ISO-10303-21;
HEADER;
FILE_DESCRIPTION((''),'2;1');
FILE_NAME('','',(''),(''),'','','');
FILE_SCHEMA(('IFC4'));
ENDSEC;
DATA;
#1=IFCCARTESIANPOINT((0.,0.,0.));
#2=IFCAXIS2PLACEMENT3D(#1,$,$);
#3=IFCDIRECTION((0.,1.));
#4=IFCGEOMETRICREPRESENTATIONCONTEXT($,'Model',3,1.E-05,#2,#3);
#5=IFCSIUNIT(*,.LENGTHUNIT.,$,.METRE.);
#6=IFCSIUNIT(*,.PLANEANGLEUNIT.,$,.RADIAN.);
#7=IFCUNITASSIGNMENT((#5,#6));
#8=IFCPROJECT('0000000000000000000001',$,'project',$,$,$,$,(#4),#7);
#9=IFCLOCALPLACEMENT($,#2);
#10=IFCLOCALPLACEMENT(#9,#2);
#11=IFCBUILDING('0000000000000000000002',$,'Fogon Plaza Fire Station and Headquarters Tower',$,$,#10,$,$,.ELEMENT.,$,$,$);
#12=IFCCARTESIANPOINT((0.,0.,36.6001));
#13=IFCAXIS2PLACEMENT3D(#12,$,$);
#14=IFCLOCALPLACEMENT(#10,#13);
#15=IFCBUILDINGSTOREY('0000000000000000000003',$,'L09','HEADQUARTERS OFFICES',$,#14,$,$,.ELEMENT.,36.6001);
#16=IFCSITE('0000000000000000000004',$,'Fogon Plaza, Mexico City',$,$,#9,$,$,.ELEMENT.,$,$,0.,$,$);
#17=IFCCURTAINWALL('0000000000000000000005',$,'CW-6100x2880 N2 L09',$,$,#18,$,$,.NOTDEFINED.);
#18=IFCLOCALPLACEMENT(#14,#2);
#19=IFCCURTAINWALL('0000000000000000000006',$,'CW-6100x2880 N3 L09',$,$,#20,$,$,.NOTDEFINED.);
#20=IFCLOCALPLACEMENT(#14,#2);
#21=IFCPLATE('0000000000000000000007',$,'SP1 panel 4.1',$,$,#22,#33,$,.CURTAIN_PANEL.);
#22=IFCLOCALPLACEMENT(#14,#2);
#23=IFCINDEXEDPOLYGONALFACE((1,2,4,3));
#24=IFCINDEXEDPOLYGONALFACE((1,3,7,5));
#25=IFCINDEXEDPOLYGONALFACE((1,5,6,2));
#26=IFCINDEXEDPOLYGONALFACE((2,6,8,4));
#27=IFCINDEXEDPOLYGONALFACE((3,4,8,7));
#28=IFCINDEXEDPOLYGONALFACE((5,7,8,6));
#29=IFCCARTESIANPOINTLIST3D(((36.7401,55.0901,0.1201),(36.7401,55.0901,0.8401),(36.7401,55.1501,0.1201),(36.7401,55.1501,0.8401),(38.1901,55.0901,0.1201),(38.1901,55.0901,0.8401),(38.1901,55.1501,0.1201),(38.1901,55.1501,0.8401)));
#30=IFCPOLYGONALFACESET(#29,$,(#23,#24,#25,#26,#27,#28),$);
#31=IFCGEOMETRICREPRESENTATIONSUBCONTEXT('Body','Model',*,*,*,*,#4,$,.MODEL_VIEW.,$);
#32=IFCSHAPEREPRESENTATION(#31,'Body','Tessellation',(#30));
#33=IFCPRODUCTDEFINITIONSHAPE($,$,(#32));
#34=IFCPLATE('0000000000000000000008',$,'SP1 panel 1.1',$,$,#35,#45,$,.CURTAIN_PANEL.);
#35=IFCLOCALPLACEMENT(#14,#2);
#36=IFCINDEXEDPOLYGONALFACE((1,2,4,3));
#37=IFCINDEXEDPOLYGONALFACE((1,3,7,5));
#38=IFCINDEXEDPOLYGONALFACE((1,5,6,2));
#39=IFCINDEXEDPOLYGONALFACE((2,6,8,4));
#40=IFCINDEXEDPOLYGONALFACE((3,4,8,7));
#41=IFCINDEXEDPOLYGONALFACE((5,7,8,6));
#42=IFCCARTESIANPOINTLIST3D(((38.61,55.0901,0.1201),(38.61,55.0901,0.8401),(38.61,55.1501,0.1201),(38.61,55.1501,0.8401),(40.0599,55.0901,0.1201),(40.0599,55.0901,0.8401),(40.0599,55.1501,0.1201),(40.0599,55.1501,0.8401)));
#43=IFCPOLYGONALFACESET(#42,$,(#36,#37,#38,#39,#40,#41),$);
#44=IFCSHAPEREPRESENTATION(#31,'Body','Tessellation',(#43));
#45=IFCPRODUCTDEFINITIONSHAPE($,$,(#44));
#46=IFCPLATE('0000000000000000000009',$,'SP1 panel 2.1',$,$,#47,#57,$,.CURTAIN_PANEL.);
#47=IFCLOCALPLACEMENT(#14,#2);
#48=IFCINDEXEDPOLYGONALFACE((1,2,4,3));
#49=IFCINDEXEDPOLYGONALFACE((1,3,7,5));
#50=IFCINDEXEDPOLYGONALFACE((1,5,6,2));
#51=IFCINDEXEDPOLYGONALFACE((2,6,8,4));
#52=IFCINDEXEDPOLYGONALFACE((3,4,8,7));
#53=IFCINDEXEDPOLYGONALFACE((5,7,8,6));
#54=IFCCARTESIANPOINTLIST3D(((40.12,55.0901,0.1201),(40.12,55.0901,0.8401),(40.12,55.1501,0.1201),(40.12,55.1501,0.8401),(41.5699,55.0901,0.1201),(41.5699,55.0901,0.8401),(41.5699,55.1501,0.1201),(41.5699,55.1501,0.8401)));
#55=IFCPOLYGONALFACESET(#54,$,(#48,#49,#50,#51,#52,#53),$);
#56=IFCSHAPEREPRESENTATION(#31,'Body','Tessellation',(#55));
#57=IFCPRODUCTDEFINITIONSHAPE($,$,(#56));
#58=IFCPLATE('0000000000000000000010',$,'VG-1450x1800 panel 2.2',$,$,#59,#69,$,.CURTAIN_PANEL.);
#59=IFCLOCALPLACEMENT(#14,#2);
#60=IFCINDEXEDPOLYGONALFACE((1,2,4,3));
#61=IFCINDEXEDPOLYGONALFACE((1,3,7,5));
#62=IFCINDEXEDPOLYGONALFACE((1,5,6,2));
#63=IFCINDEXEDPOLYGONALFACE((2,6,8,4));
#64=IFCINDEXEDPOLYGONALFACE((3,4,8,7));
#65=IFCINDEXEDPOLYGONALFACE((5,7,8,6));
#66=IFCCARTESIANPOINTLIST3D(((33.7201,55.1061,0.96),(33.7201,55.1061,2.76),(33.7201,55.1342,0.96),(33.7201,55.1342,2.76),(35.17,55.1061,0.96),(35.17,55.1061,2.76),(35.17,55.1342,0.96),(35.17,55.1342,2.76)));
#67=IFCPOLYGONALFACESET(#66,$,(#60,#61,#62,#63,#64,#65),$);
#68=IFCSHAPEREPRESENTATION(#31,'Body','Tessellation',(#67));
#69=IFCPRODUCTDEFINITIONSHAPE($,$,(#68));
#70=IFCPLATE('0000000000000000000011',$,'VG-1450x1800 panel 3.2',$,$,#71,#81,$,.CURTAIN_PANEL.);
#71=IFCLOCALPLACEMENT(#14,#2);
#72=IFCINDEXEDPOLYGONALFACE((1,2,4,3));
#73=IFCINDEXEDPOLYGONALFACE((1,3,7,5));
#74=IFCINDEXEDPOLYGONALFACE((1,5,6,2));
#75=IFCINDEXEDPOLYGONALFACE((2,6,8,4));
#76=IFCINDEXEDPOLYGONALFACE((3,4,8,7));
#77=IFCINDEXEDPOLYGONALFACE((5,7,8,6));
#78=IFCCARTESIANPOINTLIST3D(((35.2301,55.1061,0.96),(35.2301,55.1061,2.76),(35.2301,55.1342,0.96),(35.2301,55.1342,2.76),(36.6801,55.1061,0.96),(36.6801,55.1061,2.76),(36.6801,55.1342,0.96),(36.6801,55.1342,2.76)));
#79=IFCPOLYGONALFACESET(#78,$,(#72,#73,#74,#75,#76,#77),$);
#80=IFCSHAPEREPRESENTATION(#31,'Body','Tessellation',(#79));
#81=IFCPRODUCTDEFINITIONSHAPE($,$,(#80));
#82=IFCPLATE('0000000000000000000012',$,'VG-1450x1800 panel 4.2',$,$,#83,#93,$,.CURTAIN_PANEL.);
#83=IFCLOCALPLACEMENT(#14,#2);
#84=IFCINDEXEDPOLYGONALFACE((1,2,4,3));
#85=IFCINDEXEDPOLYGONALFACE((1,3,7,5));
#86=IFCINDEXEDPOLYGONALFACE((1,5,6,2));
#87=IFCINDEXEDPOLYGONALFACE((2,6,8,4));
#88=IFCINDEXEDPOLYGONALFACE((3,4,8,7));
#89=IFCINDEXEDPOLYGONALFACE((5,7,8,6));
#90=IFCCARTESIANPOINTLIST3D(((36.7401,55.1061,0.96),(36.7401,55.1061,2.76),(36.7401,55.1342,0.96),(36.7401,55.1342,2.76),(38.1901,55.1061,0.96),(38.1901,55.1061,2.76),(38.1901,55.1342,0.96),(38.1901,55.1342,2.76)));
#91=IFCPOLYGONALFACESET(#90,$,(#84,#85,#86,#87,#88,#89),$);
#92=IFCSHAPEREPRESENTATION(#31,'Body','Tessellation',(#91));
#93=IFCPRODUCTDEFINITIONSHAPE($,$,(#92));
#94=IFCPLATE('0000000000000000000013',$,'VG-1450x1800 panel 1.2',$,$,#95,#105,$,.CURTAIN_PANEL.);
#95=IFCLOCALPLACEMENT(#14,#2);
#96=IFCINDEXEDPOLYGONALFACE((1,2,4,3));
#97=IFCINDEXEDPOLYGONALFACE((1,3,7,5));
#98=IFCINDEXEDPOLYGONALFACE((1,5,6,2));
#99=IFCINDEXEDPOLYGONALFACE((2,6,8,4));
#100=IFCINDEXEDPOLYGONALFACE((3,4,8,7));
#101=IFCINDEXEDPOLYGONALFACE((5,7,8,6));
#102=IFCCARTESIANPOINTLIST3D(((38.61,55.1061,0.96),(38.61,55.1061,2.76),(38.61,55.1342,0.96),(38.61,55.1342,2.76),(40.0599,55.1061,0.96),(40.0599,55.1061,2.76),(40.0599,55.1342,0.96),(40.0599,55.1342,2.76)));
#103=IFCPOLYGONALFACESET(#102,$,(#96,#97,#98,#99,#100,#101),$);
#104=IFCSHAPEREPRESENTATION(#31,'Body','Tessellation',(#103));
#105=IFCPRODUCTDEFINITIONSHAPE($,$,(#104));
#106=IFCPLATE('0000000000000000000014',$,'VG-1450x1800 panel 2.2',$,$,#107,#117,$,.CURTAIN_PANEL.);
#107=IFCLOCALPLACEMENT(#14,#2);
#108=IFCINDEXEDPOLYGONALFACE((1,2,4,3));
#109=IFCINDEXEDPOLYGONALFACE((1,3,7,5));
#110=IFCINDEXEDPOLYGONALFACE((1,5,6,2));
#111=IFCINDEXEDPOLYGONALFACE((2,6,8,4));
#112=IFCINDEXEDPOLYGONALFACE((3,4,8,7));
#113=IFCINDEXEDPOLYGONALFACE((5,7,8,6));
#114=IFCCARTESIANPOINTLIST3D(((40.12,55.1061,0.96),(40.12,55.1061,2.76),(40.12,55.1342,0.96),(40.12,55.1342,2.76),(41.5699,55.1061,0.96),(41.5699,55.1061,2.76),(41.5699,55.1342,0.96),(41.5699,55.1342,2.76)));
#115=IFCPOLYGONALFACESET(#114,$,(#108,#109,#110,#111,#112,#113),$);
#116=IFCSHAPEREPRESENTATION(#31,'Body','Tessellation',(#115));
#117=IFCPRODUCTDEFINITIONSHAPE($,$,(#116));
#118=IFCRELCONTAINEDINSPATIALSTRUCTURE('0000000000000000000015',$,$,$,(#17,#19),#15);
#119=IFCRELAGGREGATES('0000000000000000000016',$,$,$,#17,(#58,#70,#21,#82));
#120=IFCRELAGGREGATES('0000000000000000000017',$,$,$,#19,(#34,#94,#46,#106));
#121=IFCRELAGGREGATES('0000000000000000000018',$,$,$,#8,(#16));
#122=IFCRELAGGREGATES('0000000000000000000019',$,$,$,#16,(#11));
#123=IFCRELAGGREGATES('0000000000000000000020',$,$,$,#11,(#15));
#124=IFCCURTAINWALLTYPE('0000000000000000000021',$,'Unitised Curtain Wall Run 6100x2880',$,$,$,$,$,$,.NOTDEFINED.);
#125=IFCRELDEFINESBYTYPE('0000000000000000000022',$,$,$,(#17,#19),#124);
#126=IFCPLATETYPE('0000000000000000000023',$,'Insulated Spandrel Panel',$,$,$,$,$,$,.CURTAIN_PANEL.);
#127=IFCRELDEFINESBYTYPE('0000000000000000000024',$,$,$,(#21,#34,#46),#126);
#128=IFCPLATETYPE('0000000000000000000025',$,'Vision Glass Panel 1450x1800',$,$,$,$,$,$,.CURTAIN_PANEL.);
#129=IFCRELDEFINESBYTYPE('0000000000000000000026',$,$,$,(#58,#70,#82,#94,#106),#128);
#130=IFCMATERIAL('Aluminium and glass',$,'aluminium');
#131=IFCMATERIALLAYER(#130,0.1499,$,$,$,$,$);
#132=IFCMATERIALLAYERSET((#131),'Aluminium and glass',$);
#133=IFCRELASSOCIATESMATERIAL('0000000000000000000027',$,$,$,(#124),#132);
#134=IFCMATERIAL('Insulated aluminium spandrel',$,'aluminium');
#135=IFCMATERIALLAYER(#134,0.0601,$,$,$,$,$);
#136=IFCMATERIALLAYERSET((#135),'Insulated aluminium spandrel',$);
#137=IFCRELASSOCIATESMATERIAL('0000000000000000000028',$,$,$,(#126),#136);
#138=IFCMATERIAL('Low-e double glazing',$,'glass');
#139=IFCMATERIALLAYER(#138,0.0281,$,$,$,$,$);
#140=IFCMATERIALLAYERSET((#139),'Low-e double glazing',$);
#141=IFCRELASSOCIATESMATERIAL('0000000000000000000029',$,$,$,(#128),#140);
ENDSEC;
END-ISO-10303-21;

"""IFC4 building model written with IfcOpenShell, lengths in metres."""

from ifc_helpers import new_model, si_unit, direction, frame, origin, origin_2d, place, context, subcontext, project, spatial, rectangle, extrude, material, layer, layer_set, type_object, element, aggregate, save


model = new_model("IFC4")

# Units and contexts
model_context = context("Model", 3, precision=1e-05, world=origin(), true_north=direction((0.0, 1.0)))
body_context = subcontext(model_context, "Body", "Model", "MODEL_VIEW")
ifc_project = project(units=[si_unit("LENGTHUNIT", "METRE"), si_unit("PLANEANGLEUNIT", "RADIAN")], contexts=[model_context])

# Site, building, storey
site_placement = place(None, origin())
site = spatial("IfcSite", under=ifc_project, at=site_placement, Name="Fogon Plaza, Mexico City", CompositionType="ELEMENT", RefElevation=0.0)
building_placement = place(site_placement, origin())
building = spatial("IfcBuilding", under=site, at=building_placement, Name="Fogon Plaza Fire Station and Headquarters Tower", CompositionType="ELEMENT")
storey_placement = place(building_placement, frame((0.0, 0.0, 36.6001)))
storey = spatial("IfcBuildingStorey", under=building, at=storey_placement, Name="L09", Description="HEADQUARTERS OFFICES", CompositionType="ELEMENT", Elevation=36.6001)

# Curtain walls
ifc_material_1 = material(Name="Aluminium and glass", Category="aluminium")
ifc_layer_1 = layer(ifc_material_1, 0.1499)
ifc_layer_set_1 = layer_set([ifc_layer_1], Name="Aluminium and glass")
curtain_wall_type = type_object("IfcCurtainWallType", Name="Unitised Curtain Wall Run 6100x2880", PredefinedType="NOTDEFINED", material=ifc_layer_set_1)
curtain_wall_1_placement = place(storey_placement, origin())
curtain_wall_1 = element("IfcCurtainWall", 1, at=curtain_wall_1_placement, inside=storey, type_object=curtain_wall_type, Name="CW-6100x2880 N2 L09", PredefinedType="NOTDEFINED")
curtain_wall_2_placement = place(storey_placement, origin())
curtain_wall_2 = element("IfcCurtainWall", 2, at=curtain_wall_2_placement, inside=storey, type_object=curtain_wall_type, Name="CW-6100x2880 N3 L09", PredefinedType="NOTDEFINED")

# Plates
ifc_material_2 = material(Name="Insulated aluminium spandrel", Category="aluminium")
ifc_layer_2 = layer(ifc_material_2, 0.0601)
ifc_layer_set_2 = layer_set([ifc_layer_2], Name="Insulated aluminium spandrel")
plate_type_1 = type_object("IfcPlateType", Name="Insulated Spandrel Panel", PredefinedType="CURTAIN_PANEL", material=ifc_layer_set_2)
plate_1_placement = place(storey_placement, frame((37.4651, 55.1201, 0.1201), z_axis=(0.0, 0.0, 1.0), x_axis=(1.0, 0.0, 0.0)))
plate_1 = element("IfcPlate", 3, at=plate_1_placement, type_object=plate_type_1, Name="SP1 panel 4.1", PredefinedType="CURTAIN_PANEL", context=body_context, shape_type="SweptSolid", body=[
    extrude(rectangle(XDim=1.45, YDim=0.0601, at=origin_2d()), origin(), (0.0, 0.0, 1.0), 0.72),
])
plate_2_placement = place(storey_placement, frame((39.335, 55.1201, 0.1201), z_axis=(0.0, 0.0, 1.0), x_axis=(1.0, 0.0, 0.0)))
plate_2 = element("IfcPlate", 4, at=plate_2_placement, type_object=plate_type_1, Name="SP1 panel 1.1", PredefinedType="CURTAIN_PANEL", context=body_context, shape_type="SweptSolid", body=[
    extrude(rectangle(XDim=1.45, YDim=0.0601, at=origin_2d()), origin(), (0.0, 0.0, 1.0), 0.72),
])
plate_3_placement = place(storey_placement, frame((40.845, 55.1201, 0.1201), z_axis=(0.0, 0.0, 1.0), x_axis=(1.0, 0.0, 0.0)))
plate_3 = element("IfcPlate", 5, at=plate_3_placement, type_object=plate_type_1, Name="SP1 panel 2.1", PredefinedType="CURTAIN_PANEL", context=body_context, shape_type="SweptSolid", body=[
    extrude(rectangle(XDim=1.45, YDim=0.0601, at=origin_2d()), origin(), (0.0, 0.0, 1.0), 0.72),
])
ifc_material_3 = material(Name="Low-e double glazing", Category="glass")
ifc_layer_3 = layer(ifc_material_3, 0.0281)
ifc_layer_set_3 = layer_set([ifc_layer_3], Name="Low-e double glazing")
plate_type_2 = type_object("IfcPlateType", Name="Vision Glass Panel 1450x1800", PredefinedType="CURTAIN_PANEL", material=ifc_layer_set_3)
plate_4_placement = place(storey_placement, frame((34.4451, 55.1201, 0.96), z_axis=(0.0, 0.0, 1.0), x_axis=(1.0, 0.0, 0.0)))
plate_4 = element("IfcPlate", 6, at=plate_4_placement, type_object=plate_type_2, Name="VG-1450x1800 panel 2.2", PredefinedType="CURTAIN_PANEL", context=body_context, shape_type="SweptSolid", body=[
    extrude(rectangle(XDim=1.45, YDim=0.0281, at=origin_2d()), origin(), (0.0, 0.0, 1.0), 1.8),
])
plate_5_placement = place(storey_placement, frame((35.9551, 55.1201, 0.96), z_axis=(0.0, 0.0, 1.0), x_axis=(1.0, 0.0, 0.0)))
plate_5 = element("IfcPlate", 7, at=plate_5_placement, type_object=plate_type_2, Name="VG-1450x1800 panel 3.2", PredefinedType="CURTAIN_PANEL", context=body_context, shape_type="SweptSolid", body=[
    extrude(rectangle(XDim=1.45, YDim=0.0281, at=origin_2d()), origin(), (0.0, 0.0, 1.0), 1.8),
])
plate_6_placement = place(storey_placement, frame((37.4651, 55.1201, 0.96), z_axis=(0.0, 0.0, 1.0), x_axis=(1.0, 0.0, 0.0)))
plate_6 = element("IfcPlate", 8, at=plate_6_placement, type_object=plate_type_2, Name="VG-1450x1800 panel 4.2", PredefinedType="CURTAIN_PANEL", context=body_context, shape_type="SweptSolid", body=[
    extrude(rectangle(XDim=1.45, YDim=0.0281, at=origin_2d()), origin(), (0.0, 0.0, 1.0), 1.8),
])
aggregate(curtain_wall_1, [plate_4, plate_5, plate_1, plate_6])
plate_7_placement = place(storey_placement, frame((39.335, 55.1201, 0.96), z_axis=(0.0, 0.0, 1.0), x_axis=(1.0, 0.0, 0.0)))
plate_7 = element("IfcPlate", 9, at=plate_7_placement, type_object=plate_type_2, Name="VG-1450x1800 panel 1.2", PredefinedType="CURTAIN_PANEL", context=body_context, shape_type="SweptSolid", body=[
    extrude(rectangle(XDim=1.45, YDim=0.0281, at=origin_2d()), origin(), (0.0, 0.0, 1.0), 1.8),
])
plate_8_placement = place(storey_placement, frame((40.845, 55.1201, 0.96), z_axis=(0.0, 0.0, 1.0), x_axis=(1.0, 0.0, 0.0)))
plate_8 = element("IfcPlate", 10, at=plate_8_placement, type_object=plate_type_2, Name="VG-1450x1800 panel 2.2", PredefinedType="CURTAIN_PANEL", context=body_context, shape_type="SweptSolid", body=[
    extrude(rectangle(XDim=1.45, YDim=0.0281, at=origin_2d()), origin(), (0.0, 0.0, 1.0), 1.8),
])
aggregate(curtain_wall_2, [plate_2, plate_7, plate_3, plate_8])

save(model, "model.ifc")
